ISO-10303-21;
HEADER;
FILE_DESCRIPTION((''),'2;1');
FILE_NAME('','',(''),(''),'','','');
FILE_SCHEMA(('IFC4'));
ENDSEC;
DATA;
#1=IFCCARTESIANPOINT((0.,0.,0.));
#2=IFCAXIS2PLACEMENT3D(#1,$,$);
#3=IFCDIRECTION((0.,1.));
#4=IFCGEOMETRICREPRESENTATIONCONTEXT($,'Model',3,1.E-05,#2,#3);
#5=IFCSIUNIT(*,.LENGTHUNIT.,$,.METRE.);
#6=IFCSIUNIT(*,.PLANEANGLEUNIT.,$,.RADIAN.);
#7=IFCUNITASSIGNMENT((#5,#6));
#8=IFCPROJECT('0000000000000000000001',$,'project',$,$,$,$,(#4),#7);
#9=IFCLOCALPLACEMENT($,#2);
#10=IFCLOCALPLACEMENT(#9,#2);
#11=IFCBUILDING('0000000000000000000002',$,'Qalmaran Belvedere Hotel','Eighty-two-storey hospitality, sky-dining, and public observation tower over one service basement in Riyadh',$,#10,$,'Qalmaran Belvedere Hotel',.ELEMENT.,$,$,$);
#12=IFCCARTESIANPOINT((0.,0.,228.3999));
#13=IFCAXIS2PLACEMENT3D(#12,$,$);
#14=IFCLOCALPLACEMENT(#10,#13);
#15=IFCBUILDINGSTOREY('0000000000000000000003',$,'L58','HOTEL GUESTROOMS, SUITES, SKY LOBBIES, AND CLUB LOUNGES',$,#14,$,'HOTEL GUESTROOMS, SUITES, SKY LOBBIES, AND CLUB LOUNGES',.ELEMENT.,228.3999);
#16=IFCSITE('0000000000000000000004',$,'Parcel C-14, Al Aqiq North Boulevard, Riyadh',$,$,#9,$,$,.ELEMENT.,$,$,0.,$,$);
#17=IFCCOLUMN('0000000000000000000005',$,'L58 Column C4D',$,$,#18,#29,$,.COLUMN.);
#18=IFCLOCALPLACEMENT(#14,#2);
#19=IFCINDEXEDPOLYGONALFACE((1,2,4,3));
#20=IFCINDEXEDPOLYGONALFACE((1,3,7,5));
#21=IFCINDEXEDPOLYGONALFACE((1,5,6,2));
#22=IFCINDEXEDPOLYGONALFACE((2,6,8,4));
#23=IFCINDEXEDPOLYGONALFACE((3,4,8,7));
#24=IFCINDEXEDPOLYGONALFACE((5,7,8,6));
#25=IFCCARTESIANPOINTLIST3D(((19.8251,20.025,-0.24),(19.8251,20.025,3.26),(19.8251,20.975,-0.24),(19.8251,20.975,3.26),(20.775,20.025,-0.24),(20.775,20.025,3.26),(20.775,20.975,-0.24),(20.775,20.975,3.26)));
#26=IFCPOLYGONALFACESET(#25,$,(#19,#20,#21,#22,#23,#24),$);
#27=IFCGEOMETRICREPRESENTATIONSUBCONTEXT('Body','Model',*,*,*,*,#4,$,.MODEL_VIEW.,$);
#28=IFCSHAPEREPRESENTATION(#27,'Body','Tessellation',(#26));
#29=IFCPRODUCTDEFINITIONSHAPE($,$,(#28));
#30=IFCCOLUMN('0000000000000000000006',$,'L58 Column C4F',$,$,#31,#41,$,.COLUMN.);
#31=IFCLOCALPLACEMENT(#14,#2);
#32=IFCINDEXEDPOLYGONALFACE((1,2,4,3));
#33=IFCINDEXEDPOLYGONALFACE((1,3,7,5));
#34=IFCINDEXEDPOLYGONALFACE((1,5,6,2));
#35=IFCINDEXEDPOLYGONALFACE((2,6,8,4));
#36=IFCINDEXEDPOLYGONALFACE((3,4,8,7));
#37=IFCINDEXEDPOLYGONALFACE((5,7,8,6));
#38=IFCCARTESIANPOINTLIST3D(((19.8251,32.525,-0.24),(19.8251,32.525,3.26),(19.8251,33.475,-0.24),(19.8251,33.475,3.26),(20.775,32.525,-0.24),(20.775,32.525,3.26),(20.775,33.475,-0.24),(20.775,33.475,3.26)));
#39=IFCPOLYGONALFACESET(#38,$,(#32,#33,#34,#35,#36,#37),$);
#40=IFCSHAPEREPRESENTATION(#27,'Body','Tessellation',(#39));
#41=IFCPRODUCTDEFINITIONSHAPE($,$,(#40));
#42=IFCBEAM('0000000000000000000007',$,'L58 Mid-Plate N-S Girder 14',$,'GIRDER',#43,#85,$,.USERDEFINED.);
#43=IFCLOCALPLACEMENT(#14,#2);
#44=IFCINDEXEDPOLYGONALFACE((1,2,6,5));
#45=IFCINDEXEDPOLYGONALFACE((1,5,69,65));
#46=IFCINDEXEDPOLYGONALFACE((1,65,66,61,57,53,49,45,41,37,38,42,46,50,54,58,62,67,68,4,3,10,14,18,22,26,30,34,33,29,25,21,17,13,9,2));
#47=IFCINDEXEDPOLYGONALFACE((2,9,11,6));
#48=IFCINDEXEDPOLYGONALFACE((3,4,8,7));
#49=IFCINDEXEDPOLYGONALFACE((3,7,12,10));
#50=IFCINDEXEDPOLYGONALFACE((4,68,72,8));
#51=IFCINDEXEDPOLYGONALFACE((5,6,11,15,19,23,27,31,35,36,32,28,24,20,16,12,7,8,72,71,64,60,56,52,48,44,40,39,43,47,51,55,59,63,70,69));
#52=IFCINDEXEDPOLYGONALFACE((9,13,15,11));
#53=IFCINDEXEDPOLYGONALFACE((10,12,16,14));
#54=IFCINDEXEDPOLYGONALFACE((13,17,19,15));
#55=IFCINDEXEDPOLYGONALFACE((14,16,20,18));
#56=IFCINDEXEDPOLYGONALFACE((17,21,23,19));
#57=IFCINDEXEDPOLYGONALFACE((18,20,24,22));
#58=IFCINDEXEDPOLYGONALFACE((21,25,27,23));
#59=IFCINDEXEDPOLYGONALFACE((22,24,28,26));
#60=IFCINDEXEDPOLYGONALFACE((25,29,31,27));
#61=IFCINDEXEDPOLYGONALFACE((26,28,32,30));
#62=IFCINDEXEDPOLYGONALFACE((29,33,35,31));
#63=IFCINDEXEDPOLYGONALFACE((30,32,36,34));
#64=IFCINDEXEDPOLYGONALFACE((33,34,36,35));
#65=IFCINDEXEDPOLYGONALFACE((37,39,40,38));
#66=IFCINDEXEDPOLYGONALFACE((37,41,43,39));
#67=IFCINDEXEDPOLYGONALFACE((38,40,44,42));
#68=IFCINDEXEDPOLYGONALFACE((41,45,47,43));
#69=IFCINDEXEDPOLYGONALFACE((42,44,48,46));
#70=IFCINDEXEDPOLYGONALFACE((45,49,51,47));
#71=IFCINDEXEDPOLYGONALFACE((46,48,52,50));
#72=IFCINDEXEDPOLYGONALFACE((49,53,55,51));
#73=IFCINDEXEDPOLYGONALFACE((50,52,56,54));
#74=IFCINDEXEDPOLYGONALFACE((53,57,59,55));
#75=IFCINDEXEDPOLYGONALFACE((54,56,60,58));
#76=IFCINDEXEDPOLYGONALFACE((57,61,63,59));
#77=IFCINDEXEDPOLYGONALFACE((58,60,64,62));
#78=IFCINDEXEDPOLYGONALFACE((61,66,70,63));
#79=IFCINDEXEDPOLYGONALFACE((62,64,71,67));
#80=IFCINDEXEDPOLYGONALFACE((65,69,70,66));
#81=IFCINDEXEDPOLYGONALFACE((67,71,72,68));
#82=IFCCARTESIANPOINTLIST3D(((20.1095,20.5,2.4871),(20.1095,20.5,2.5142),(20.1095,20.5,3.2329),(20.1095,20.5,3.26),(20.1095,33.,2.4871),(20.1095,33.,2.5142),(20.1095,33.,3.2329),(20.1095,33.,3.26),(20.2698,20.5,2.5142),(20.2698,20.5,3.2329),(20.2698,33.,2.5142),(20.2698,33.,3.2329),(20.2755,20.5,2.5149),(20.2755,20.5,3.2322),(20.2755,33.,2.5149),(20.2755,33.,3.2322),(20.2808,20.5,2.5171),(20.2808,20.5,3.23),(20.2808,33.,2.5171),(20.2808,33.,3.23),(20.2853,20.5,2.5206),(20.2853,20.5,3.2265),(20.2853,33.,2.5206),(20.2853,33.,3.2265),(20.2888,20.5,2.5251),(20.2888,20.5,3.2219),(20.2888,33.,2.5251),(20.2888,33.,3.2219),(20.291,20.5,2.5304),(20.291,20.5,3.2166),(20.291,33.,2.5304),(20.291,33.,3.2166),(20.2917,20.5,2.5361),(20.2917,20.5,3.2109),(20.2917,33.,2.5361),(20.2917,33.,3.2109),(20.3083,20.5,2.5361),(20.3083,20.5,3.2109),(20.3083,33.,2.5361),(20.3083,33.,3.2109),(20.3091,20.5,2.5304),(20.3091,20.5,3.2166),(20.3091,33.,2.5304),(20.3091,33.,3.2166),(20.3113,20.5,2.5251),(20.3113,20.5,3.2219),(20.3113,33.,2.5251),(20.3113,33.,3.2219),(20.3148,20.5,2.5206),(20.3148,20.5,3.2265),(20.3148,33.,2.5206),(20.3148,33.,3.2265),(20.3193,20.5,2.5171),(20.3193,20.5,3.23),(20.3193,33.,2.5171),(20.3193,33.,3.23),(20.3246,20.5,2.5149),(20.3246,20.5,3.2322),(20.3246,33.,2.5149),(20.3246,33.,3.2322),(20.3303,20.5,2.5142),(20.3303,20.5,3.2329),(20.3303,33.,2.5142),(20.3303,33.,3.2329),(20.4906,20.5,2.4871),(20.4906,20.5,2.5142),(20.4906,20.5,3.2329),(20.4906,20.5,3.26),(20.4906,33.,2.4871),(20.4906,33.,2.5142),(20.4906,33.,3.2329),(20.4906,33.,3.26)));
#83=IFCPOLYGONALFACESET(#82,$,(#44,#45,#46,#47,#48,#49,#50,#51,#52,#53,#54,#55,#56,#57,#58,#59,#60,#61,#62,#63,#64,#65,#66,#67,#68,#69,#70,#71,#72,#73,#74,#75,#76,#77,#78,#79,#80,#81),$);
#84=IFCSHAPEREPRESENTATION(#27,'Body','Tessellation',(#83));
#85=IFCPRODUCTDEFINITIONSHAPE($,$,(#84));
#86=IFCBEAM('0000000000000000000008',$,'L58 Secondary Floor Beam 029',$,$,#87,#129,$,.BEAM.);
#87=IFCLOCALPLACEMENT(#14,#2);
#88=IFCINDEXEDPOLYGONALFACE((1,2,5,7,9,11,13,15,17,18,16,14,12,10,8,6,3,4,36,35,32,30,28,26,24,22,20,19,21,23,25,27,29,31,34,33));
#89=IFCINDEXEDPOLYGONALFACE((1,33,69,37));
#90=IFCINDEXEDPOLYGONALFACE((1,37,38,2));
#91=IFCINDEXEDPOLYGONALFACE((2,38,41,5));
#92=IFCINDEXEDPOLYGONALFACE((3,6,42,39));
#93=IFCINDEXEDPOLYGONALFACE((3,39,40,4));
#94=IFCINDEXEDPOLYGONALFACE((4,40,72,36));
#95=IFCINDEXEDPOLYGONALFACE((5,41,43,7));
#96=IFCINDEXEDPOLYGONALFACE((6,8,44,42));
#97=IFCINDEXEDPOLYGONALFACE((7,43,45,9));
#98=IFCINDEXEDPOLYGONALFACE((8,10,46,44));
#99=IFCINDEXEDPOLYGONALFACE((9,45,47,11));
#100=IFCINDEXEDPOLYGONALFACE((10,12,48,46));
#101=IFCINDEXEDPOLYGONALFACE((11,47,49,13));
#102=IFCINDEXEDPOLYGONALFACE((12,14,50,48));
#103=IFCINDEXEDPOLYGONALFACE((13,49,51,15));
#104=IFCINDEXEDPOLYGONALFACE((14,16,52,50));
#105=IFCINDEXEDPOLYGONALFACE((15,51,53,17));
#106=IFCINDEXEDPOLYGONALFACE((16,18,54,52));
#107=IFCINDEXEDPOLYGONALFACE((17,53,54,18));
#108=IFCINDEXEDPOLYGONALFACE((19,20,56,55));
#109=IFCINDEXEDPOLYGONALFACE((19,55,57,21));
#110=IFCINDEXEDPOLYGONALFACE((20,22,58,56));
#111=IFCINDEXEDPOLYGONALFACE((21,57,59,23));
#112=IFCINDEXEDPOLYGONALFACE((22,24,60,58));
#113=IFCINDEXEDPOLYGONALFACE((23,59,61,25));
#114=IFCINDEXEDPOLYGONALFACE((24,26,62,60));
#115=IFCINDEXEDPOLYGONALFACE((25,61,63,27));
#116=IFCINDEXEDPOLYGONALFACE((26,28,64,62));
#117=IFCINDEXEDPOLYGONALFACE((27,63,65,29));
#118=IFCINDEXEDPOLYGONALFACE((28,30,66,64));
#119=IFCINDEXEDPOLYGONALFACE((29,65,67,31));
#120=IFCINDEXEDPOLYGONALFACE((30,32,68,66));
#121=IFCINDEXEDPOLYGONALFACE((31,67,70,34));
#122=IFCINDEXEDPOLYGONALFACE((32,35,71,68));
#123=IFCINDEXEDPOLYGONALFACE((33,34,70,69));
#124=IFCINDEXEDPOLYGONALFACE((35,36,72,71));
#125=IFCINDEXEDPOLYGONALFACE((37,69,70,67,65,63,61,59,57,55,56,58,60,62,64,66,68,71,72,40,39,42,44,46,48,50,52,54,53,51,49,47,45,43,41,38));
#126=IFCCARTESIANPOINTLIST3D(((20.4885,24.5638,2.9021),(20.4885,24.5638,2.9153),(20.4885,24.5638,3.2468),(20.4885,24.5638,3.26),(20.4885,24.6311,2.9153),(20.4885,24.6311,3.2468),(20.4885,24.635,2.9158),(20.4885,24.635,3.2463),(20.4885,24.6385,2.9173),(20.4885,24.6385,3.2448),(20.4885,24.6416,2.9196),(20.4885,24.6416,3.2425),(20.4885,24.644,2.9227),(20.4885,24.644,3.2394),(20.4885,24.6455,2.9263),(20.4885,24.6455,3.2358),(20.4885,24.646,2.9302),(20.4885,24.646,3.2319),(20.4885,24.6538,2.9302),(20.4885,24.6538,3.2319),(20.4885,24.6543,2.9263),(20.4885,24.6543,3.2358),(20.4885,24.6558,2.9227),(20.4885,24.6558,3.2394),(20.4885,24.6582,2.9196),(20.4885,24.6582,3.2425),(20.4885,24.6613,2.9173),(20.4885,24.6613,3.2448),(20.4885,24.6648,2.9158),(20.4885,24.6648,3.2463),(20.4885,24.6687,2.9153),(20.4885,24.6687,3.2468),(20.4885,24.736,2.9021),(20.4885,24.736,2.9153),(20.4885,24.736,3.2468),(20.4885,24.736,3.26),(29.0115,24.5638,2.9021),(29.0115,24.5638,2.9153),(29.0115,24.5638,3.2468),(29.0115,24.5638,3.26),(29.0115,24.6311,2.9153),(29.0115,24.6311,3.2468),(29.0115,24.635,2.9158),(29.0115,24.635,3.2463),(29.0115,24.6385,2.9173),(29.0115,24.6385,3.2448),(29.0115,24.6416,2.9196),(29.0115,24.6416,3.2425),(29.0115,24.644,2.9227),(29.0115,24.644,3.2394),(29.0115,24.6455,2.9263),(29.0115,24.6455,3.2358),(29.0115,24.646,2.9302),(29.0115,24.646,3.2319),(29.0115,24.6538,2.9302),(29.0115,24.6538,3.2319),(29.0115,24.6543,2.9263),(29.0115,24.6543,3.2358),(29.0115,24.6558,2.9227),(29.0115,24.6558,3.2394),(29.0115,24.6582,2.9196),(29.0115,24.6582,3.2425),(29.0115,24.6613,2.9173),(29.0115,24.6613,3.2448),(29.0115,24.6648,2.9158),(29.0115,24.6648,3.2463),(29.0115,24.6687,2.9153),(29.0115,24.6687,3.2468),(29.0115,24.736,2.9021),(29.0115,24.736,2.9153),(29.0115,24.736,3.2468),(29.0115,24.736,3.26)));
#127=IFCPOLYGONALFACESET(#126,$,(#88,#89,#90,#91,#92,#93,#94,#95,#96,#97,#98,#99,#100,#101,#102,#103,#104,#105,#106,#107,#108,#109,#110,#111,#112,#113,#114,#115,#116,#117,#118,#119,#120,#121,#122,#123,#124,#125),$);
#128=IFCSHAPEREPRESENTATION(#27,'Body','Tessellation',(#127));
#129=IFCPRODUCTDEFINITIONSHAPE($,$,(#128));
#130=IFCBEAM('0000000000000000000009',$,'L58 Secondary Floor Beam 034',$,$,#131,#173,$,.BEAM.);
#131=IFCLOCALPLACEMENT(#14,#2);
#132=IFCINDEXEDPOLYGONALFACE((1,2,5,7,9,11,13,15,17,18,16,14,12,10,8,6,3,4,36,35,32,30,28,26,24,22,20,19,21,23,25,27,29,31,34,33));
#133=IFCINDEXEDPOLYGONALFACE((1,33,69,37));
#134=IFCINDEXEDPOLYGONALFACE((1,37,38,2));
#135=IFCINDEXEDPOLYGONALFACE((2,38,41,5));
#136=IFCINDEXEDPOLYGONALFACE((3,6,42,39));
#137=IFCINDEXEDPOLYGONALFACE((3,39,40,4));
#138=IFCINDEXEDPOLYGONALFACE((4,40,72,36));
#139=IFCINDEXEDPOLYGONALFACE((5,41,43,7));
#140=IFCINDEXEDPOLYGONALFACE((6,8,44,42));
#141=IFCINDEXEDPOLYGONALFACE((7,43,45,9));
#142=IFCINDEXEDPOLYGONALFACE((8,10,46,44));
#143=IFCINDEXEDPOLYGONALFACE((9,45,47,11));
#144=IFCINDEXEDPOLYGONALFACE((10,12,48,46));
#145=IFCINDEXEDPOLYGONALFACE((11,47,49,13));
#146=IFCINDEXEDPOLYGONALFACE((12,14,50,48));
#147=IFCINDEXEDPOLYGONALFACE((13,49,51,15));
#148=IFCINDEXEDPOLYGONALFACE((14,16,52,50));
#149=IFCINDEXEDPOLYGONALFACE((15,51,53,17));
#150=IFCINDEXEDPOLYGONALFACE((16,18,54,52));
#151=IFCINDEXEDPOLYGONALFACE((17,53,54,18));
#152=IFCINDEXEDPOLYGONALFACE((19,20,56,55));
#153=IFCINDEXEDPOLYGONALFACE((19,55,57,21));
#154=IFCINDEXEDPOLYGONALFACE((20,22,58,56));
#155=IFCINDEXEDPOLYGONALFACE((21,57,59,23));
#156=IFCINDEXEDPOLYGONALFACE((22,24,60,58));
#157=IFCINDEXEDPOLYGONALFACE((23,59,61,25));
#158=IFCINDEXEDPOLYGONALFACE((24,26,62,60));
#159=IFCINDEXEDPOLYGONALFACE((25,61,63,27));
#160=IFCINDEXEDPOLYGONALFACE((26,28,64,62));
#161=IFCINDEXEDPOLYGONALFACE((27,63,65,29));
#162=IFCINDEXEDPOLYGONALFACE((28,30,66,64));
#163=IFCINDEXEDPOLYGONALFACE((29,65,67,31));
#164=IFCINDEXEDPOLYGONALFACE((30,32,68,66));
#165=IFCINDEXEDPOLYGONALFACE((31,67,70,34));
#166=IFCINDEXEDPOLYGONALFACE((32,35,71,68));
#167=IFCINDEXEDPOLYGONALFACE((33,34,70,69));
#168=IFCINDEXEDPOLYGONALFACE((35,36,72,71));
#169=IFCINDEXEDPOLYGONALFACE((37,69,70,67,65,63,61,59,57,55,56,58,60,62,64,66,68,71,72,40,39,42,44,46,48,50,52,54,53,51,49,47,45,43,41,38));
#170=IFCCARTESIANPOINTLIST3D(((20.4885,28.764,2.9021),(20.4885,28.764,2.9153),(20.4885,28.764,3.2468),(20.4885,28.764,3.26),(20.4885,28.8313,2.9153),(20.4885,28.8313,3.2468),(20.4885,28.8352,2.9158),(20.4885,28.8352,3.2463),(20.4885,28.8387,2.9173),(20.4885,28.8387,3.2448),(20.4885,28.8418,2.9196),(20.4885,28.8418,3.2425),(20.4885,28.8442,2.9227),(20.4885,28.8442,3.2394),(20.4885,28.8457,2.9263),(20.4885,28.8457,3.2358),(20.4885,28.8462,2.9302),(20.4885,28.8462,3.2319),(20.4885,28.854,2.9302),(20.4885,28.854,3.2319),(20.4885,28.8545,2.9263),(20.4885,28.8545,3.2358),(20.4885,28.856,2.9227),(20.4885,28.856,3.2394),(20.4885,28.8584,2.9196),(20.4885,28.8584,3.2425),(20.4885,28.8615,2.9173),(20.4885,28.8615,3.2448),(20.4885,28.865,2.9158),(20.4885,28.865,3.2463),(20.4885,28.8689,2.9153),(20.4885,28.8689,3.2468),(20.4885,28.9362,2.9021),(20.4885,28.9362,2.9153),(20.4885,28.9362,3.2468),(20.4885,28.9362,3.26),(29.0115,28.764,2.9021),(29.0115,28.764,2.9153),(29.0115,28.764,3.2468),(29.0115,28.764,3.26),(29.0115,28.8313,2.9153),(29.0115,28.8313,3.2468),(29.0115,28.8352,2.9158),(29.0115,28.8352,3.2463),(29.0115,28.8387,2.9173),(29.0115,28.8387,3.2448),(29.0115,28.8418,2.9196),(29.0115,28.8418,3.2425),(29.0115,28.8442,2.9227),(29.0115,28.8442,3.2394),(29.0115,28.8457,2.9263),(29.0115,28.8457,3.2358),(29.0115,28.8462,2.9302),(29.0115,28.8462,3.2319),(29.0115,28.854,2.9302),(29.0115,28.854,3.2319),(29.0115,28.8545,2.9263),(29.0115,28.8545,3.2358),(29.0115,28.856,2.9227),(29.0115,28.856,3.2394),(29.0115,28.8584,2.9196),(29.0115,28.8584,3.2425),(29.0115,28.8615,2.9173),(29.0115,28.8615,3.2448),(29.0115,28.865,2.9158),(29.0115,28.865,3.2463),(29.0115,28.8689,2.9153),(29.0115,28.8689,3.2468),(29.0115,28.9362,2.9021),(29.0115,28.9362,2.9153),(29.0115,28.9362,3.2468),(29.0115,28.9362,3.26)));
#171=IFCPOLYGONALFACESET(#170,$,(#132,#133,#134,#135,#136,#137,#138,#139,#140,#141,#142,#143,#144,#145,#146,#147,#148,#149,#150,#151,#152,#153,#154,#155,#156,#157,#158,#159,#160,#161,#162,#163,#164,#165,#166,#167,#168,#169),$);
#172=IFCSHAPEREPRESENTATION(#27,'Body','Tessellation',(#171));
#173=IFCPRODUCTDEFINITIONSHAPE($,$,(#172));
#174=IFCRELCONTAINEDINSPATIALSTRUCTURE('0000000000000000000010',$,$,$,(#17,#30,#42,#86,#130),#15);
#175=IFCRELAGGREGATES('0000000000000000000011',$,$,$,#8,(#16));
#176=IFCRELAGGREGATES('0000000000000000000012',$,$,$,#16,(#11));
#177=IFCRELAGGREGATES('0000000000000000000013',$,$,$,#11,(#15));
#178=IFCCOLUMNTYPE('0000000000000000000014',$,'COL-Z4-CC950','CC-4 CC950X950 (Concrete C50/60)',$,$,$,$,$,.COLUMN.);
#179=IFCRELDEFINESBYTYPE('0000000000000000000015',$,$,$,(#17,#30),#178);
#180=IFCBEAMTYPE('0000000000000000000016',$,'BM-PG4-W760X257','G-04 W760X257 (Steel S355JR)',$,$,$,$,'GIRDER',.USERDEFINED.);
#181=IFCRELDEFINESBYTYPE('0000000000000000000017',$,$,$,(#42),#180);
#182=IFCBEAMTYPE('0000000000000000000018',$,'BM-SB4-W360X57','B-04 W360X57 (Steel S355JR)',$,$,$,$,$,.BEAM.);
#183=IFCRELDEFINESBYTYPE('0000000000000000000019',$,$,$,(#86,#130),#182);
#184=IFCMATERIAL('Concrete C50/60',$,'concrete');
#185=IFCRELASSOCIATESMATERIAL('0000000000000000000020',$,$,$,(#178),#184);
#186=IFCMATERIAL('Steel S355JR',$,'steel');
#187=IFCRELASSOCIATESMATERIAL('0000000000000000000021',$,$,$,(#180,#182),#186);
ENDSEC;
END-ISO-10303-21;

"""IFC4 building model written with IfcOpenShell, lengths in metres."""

from ifc_helpers import new_model, si_unit, direction, frame, origin, origin_2d, place, context, subcontext, project, spatial, rectangle, i_section, extrude, material, material_profile, profile_set, type_object, element, save


model = new_model("IFC4")

# Units and contexts
model_context = context("Model", 3, precision=1e-05, world=origin(), true_north=direction((0.0, 1.0)))
body_context = subcontext(model_context, "Body", "Model", "MODEL_VIEW")
ifc_project = project(units=[si_unit("LENGTHUNIT", "METRE"), si_unit("PLANEANGLEUNIT", "RADIAN")], contexts=[model_context])

# Site, building, storey
site_placement = place(None, origin())
site = spatial("IfcSite", under=ifc_project, at=site_placement, Name="Parcel C-14, Al Aqiq North Boulevard, Riyadh", CompositionType="ELEMENT", RefElevation=0.0)
building_placement = place(site_placement, origin())
building = spatial("IfcBuilding", under=site, at=building_placement, Name="Qalmaran Belvedere Hotel", Description="Eighty-two-storey hospitality, sky-dining, and public observation tower over one service basement in Riyadh", LongName="Qalmaran Belvedere Hotel", CompositionType="ELEMENT")
storey_placement = place(building_placement, frame((0.0, 0.0, 228.3999)))
storey = spatial("IfcBuildingStorey", under=building, at=storey_placement, Name="L58", Description="HOTEL GUESTROOMS, SUITES, SKY LOBBIES, AND CLUB LOUNGES", LongName="HOTEL GUESTROOMS, SUITES, SKY LOBBIES, AND CLUB LOUNGES", CompositionType="ELEMENT", Elevation=228.3999)

# Columns
ifc_material_1 = material(Name="Concrete C50/60", Category="concrete")
ifc_material_profile_1 = material_profile(ifc_material_1, rectangle(XDim=0.95, YDim=0.95, at=origin_2d()), Name="CC950X950")
ifc_profile_set_1 = profile_set([ifc_material_profile_1], Name="Concrete C50/60")
column_type = type_object("IfcColumnType", Name="COL-Z4-CC950", Description="CC-4 CC950X950 (Concrete C50/60)", PredefinedType="COLUMN", material=ifc_profile_set_1)
for number, where, z_axis, x_axis, name in (
    (1, (20.3, 20.5, -0.24), (0.0, 0.0, 1.0), (1.0, 0.0, 0.0), "L58 Column C4D"),
    (2, (20.3, 33.0, -0.24), (0.0, 0.0, 1.0), (1.0, 0.0, 0.0), "L58 Column C4F"),
):
    element("IfcColumn", number, at=place(storey_placement, frame(where, z_axis=z_axis, x_axis=x_axis)), inside=storey, type_object=column_type, Name=name, PredefinedType="COLUMN", context=body_context, shape_type="SweptSolid", body=[
        extrude(rectangle(XDim=0.95, YDim=0.95, at=origin_2d()), origin(), (0.0, 0.0, 1.0), 3.5),
    ])

# Beams
ifc_material_2 = material(Name="Steel S355JR", Category="steel")
ifc_material_profile_2 = material_profile(ifc_material_2, i_section(OverallWidth=0.3811, OverallDepth=0.7729, WebThickness=0.0166, FlangeThickness=0.0271, FilletRadius=0.022, at=origin_2d()), Name="W760X257")
ifc_profile_set_2 = profile_set([ifc_material_profile_2], Name="Steel S355JR")
beam_type_1 = type_object("IfcBeamType", Name="BM-PG4-W760X257", Description="G-04 W760X257 (Steel S355JR)", ElementType="GIRDER", PredefinedType="USERDEFINED", material=ifc_profile_set_2)
beam_placement = place(storey_placement, frame((20.3, 20.5, 2.8735), z_axis=(0.0, 1.0, 0.0), x_axis=(-1.0, 0.0, 0.0)))
element("IfcBeam", 3, at=beam_placement, inside=storey, type_object=beam_type_1, Name="L58 Mid-Plate N-S Girder 14", ObjectType="GIRDER", PredefinedType="USERDEFINED", context=body_context, shape_type="SweptSolid", body=[
    extrude(i_section(OverallWidth=0.3811, OverallDepth=0.7729, WebThickness=0.0166, FlangeThickness=0.0271, FilletRadius=0.022, at=origin_2d()), origin(), (0.0, 0.0, 1.0), 12.5),
])
ifc_material_profile_3 = material_profile(ifc_material_2, i_section(OverallWidth=0.1721, OverallDepth=0.3579, WebThickness=0.0078, FlangeThickness=0.0132, FilletRadius=0.0149, at=origin_2d()), Name="W360X57")
ifc_profile_set_3 = profile_set([ifc_material_profile_3], Name="Steel S355JR")
beam_type_2 = type_object("IfcBeamType", Name="BM-SB4-W360X57", Description="B-04 W360X57 (Steel S355JR)", PredefinedType="BEAM", material=ifc_profile_set_3)
for number, where, z_axis, x_axis, name in (
    (4, (20.4885, 24.6499, 3.0811), (1.0, 0.0, 0.0), (0.0, 1.0, 0.0), "L58 Secondary Floor Beam 029"),
    (5, (20.4885, 28.8501, 3.0811), (1.0, 0.0, 0.0), (0.0, 1.0, 0.0), "L58 Secondary Floor Beam 034"),
):
    element("IfcBeam", number, at=place(storey_placement, frame(where, z_axis=z_axis, x_axis=x_axis)), inside=storey, type_object=beam_type_2, Name=name, PredefinedType="BEAM", context=body_context, shape_type="SweptSolid", body=[
        extrude(i_section(OverallWidth=0.1721, OverallDepth=0.3579, WebThickness=0.0078, FlangeThickness=0.0132, FilletRadius=0.0149, at=origin_2d()), origin(), (0.0, 0.0, 1.0), 8.5229),
    ])

save(model, "model.ifc")
